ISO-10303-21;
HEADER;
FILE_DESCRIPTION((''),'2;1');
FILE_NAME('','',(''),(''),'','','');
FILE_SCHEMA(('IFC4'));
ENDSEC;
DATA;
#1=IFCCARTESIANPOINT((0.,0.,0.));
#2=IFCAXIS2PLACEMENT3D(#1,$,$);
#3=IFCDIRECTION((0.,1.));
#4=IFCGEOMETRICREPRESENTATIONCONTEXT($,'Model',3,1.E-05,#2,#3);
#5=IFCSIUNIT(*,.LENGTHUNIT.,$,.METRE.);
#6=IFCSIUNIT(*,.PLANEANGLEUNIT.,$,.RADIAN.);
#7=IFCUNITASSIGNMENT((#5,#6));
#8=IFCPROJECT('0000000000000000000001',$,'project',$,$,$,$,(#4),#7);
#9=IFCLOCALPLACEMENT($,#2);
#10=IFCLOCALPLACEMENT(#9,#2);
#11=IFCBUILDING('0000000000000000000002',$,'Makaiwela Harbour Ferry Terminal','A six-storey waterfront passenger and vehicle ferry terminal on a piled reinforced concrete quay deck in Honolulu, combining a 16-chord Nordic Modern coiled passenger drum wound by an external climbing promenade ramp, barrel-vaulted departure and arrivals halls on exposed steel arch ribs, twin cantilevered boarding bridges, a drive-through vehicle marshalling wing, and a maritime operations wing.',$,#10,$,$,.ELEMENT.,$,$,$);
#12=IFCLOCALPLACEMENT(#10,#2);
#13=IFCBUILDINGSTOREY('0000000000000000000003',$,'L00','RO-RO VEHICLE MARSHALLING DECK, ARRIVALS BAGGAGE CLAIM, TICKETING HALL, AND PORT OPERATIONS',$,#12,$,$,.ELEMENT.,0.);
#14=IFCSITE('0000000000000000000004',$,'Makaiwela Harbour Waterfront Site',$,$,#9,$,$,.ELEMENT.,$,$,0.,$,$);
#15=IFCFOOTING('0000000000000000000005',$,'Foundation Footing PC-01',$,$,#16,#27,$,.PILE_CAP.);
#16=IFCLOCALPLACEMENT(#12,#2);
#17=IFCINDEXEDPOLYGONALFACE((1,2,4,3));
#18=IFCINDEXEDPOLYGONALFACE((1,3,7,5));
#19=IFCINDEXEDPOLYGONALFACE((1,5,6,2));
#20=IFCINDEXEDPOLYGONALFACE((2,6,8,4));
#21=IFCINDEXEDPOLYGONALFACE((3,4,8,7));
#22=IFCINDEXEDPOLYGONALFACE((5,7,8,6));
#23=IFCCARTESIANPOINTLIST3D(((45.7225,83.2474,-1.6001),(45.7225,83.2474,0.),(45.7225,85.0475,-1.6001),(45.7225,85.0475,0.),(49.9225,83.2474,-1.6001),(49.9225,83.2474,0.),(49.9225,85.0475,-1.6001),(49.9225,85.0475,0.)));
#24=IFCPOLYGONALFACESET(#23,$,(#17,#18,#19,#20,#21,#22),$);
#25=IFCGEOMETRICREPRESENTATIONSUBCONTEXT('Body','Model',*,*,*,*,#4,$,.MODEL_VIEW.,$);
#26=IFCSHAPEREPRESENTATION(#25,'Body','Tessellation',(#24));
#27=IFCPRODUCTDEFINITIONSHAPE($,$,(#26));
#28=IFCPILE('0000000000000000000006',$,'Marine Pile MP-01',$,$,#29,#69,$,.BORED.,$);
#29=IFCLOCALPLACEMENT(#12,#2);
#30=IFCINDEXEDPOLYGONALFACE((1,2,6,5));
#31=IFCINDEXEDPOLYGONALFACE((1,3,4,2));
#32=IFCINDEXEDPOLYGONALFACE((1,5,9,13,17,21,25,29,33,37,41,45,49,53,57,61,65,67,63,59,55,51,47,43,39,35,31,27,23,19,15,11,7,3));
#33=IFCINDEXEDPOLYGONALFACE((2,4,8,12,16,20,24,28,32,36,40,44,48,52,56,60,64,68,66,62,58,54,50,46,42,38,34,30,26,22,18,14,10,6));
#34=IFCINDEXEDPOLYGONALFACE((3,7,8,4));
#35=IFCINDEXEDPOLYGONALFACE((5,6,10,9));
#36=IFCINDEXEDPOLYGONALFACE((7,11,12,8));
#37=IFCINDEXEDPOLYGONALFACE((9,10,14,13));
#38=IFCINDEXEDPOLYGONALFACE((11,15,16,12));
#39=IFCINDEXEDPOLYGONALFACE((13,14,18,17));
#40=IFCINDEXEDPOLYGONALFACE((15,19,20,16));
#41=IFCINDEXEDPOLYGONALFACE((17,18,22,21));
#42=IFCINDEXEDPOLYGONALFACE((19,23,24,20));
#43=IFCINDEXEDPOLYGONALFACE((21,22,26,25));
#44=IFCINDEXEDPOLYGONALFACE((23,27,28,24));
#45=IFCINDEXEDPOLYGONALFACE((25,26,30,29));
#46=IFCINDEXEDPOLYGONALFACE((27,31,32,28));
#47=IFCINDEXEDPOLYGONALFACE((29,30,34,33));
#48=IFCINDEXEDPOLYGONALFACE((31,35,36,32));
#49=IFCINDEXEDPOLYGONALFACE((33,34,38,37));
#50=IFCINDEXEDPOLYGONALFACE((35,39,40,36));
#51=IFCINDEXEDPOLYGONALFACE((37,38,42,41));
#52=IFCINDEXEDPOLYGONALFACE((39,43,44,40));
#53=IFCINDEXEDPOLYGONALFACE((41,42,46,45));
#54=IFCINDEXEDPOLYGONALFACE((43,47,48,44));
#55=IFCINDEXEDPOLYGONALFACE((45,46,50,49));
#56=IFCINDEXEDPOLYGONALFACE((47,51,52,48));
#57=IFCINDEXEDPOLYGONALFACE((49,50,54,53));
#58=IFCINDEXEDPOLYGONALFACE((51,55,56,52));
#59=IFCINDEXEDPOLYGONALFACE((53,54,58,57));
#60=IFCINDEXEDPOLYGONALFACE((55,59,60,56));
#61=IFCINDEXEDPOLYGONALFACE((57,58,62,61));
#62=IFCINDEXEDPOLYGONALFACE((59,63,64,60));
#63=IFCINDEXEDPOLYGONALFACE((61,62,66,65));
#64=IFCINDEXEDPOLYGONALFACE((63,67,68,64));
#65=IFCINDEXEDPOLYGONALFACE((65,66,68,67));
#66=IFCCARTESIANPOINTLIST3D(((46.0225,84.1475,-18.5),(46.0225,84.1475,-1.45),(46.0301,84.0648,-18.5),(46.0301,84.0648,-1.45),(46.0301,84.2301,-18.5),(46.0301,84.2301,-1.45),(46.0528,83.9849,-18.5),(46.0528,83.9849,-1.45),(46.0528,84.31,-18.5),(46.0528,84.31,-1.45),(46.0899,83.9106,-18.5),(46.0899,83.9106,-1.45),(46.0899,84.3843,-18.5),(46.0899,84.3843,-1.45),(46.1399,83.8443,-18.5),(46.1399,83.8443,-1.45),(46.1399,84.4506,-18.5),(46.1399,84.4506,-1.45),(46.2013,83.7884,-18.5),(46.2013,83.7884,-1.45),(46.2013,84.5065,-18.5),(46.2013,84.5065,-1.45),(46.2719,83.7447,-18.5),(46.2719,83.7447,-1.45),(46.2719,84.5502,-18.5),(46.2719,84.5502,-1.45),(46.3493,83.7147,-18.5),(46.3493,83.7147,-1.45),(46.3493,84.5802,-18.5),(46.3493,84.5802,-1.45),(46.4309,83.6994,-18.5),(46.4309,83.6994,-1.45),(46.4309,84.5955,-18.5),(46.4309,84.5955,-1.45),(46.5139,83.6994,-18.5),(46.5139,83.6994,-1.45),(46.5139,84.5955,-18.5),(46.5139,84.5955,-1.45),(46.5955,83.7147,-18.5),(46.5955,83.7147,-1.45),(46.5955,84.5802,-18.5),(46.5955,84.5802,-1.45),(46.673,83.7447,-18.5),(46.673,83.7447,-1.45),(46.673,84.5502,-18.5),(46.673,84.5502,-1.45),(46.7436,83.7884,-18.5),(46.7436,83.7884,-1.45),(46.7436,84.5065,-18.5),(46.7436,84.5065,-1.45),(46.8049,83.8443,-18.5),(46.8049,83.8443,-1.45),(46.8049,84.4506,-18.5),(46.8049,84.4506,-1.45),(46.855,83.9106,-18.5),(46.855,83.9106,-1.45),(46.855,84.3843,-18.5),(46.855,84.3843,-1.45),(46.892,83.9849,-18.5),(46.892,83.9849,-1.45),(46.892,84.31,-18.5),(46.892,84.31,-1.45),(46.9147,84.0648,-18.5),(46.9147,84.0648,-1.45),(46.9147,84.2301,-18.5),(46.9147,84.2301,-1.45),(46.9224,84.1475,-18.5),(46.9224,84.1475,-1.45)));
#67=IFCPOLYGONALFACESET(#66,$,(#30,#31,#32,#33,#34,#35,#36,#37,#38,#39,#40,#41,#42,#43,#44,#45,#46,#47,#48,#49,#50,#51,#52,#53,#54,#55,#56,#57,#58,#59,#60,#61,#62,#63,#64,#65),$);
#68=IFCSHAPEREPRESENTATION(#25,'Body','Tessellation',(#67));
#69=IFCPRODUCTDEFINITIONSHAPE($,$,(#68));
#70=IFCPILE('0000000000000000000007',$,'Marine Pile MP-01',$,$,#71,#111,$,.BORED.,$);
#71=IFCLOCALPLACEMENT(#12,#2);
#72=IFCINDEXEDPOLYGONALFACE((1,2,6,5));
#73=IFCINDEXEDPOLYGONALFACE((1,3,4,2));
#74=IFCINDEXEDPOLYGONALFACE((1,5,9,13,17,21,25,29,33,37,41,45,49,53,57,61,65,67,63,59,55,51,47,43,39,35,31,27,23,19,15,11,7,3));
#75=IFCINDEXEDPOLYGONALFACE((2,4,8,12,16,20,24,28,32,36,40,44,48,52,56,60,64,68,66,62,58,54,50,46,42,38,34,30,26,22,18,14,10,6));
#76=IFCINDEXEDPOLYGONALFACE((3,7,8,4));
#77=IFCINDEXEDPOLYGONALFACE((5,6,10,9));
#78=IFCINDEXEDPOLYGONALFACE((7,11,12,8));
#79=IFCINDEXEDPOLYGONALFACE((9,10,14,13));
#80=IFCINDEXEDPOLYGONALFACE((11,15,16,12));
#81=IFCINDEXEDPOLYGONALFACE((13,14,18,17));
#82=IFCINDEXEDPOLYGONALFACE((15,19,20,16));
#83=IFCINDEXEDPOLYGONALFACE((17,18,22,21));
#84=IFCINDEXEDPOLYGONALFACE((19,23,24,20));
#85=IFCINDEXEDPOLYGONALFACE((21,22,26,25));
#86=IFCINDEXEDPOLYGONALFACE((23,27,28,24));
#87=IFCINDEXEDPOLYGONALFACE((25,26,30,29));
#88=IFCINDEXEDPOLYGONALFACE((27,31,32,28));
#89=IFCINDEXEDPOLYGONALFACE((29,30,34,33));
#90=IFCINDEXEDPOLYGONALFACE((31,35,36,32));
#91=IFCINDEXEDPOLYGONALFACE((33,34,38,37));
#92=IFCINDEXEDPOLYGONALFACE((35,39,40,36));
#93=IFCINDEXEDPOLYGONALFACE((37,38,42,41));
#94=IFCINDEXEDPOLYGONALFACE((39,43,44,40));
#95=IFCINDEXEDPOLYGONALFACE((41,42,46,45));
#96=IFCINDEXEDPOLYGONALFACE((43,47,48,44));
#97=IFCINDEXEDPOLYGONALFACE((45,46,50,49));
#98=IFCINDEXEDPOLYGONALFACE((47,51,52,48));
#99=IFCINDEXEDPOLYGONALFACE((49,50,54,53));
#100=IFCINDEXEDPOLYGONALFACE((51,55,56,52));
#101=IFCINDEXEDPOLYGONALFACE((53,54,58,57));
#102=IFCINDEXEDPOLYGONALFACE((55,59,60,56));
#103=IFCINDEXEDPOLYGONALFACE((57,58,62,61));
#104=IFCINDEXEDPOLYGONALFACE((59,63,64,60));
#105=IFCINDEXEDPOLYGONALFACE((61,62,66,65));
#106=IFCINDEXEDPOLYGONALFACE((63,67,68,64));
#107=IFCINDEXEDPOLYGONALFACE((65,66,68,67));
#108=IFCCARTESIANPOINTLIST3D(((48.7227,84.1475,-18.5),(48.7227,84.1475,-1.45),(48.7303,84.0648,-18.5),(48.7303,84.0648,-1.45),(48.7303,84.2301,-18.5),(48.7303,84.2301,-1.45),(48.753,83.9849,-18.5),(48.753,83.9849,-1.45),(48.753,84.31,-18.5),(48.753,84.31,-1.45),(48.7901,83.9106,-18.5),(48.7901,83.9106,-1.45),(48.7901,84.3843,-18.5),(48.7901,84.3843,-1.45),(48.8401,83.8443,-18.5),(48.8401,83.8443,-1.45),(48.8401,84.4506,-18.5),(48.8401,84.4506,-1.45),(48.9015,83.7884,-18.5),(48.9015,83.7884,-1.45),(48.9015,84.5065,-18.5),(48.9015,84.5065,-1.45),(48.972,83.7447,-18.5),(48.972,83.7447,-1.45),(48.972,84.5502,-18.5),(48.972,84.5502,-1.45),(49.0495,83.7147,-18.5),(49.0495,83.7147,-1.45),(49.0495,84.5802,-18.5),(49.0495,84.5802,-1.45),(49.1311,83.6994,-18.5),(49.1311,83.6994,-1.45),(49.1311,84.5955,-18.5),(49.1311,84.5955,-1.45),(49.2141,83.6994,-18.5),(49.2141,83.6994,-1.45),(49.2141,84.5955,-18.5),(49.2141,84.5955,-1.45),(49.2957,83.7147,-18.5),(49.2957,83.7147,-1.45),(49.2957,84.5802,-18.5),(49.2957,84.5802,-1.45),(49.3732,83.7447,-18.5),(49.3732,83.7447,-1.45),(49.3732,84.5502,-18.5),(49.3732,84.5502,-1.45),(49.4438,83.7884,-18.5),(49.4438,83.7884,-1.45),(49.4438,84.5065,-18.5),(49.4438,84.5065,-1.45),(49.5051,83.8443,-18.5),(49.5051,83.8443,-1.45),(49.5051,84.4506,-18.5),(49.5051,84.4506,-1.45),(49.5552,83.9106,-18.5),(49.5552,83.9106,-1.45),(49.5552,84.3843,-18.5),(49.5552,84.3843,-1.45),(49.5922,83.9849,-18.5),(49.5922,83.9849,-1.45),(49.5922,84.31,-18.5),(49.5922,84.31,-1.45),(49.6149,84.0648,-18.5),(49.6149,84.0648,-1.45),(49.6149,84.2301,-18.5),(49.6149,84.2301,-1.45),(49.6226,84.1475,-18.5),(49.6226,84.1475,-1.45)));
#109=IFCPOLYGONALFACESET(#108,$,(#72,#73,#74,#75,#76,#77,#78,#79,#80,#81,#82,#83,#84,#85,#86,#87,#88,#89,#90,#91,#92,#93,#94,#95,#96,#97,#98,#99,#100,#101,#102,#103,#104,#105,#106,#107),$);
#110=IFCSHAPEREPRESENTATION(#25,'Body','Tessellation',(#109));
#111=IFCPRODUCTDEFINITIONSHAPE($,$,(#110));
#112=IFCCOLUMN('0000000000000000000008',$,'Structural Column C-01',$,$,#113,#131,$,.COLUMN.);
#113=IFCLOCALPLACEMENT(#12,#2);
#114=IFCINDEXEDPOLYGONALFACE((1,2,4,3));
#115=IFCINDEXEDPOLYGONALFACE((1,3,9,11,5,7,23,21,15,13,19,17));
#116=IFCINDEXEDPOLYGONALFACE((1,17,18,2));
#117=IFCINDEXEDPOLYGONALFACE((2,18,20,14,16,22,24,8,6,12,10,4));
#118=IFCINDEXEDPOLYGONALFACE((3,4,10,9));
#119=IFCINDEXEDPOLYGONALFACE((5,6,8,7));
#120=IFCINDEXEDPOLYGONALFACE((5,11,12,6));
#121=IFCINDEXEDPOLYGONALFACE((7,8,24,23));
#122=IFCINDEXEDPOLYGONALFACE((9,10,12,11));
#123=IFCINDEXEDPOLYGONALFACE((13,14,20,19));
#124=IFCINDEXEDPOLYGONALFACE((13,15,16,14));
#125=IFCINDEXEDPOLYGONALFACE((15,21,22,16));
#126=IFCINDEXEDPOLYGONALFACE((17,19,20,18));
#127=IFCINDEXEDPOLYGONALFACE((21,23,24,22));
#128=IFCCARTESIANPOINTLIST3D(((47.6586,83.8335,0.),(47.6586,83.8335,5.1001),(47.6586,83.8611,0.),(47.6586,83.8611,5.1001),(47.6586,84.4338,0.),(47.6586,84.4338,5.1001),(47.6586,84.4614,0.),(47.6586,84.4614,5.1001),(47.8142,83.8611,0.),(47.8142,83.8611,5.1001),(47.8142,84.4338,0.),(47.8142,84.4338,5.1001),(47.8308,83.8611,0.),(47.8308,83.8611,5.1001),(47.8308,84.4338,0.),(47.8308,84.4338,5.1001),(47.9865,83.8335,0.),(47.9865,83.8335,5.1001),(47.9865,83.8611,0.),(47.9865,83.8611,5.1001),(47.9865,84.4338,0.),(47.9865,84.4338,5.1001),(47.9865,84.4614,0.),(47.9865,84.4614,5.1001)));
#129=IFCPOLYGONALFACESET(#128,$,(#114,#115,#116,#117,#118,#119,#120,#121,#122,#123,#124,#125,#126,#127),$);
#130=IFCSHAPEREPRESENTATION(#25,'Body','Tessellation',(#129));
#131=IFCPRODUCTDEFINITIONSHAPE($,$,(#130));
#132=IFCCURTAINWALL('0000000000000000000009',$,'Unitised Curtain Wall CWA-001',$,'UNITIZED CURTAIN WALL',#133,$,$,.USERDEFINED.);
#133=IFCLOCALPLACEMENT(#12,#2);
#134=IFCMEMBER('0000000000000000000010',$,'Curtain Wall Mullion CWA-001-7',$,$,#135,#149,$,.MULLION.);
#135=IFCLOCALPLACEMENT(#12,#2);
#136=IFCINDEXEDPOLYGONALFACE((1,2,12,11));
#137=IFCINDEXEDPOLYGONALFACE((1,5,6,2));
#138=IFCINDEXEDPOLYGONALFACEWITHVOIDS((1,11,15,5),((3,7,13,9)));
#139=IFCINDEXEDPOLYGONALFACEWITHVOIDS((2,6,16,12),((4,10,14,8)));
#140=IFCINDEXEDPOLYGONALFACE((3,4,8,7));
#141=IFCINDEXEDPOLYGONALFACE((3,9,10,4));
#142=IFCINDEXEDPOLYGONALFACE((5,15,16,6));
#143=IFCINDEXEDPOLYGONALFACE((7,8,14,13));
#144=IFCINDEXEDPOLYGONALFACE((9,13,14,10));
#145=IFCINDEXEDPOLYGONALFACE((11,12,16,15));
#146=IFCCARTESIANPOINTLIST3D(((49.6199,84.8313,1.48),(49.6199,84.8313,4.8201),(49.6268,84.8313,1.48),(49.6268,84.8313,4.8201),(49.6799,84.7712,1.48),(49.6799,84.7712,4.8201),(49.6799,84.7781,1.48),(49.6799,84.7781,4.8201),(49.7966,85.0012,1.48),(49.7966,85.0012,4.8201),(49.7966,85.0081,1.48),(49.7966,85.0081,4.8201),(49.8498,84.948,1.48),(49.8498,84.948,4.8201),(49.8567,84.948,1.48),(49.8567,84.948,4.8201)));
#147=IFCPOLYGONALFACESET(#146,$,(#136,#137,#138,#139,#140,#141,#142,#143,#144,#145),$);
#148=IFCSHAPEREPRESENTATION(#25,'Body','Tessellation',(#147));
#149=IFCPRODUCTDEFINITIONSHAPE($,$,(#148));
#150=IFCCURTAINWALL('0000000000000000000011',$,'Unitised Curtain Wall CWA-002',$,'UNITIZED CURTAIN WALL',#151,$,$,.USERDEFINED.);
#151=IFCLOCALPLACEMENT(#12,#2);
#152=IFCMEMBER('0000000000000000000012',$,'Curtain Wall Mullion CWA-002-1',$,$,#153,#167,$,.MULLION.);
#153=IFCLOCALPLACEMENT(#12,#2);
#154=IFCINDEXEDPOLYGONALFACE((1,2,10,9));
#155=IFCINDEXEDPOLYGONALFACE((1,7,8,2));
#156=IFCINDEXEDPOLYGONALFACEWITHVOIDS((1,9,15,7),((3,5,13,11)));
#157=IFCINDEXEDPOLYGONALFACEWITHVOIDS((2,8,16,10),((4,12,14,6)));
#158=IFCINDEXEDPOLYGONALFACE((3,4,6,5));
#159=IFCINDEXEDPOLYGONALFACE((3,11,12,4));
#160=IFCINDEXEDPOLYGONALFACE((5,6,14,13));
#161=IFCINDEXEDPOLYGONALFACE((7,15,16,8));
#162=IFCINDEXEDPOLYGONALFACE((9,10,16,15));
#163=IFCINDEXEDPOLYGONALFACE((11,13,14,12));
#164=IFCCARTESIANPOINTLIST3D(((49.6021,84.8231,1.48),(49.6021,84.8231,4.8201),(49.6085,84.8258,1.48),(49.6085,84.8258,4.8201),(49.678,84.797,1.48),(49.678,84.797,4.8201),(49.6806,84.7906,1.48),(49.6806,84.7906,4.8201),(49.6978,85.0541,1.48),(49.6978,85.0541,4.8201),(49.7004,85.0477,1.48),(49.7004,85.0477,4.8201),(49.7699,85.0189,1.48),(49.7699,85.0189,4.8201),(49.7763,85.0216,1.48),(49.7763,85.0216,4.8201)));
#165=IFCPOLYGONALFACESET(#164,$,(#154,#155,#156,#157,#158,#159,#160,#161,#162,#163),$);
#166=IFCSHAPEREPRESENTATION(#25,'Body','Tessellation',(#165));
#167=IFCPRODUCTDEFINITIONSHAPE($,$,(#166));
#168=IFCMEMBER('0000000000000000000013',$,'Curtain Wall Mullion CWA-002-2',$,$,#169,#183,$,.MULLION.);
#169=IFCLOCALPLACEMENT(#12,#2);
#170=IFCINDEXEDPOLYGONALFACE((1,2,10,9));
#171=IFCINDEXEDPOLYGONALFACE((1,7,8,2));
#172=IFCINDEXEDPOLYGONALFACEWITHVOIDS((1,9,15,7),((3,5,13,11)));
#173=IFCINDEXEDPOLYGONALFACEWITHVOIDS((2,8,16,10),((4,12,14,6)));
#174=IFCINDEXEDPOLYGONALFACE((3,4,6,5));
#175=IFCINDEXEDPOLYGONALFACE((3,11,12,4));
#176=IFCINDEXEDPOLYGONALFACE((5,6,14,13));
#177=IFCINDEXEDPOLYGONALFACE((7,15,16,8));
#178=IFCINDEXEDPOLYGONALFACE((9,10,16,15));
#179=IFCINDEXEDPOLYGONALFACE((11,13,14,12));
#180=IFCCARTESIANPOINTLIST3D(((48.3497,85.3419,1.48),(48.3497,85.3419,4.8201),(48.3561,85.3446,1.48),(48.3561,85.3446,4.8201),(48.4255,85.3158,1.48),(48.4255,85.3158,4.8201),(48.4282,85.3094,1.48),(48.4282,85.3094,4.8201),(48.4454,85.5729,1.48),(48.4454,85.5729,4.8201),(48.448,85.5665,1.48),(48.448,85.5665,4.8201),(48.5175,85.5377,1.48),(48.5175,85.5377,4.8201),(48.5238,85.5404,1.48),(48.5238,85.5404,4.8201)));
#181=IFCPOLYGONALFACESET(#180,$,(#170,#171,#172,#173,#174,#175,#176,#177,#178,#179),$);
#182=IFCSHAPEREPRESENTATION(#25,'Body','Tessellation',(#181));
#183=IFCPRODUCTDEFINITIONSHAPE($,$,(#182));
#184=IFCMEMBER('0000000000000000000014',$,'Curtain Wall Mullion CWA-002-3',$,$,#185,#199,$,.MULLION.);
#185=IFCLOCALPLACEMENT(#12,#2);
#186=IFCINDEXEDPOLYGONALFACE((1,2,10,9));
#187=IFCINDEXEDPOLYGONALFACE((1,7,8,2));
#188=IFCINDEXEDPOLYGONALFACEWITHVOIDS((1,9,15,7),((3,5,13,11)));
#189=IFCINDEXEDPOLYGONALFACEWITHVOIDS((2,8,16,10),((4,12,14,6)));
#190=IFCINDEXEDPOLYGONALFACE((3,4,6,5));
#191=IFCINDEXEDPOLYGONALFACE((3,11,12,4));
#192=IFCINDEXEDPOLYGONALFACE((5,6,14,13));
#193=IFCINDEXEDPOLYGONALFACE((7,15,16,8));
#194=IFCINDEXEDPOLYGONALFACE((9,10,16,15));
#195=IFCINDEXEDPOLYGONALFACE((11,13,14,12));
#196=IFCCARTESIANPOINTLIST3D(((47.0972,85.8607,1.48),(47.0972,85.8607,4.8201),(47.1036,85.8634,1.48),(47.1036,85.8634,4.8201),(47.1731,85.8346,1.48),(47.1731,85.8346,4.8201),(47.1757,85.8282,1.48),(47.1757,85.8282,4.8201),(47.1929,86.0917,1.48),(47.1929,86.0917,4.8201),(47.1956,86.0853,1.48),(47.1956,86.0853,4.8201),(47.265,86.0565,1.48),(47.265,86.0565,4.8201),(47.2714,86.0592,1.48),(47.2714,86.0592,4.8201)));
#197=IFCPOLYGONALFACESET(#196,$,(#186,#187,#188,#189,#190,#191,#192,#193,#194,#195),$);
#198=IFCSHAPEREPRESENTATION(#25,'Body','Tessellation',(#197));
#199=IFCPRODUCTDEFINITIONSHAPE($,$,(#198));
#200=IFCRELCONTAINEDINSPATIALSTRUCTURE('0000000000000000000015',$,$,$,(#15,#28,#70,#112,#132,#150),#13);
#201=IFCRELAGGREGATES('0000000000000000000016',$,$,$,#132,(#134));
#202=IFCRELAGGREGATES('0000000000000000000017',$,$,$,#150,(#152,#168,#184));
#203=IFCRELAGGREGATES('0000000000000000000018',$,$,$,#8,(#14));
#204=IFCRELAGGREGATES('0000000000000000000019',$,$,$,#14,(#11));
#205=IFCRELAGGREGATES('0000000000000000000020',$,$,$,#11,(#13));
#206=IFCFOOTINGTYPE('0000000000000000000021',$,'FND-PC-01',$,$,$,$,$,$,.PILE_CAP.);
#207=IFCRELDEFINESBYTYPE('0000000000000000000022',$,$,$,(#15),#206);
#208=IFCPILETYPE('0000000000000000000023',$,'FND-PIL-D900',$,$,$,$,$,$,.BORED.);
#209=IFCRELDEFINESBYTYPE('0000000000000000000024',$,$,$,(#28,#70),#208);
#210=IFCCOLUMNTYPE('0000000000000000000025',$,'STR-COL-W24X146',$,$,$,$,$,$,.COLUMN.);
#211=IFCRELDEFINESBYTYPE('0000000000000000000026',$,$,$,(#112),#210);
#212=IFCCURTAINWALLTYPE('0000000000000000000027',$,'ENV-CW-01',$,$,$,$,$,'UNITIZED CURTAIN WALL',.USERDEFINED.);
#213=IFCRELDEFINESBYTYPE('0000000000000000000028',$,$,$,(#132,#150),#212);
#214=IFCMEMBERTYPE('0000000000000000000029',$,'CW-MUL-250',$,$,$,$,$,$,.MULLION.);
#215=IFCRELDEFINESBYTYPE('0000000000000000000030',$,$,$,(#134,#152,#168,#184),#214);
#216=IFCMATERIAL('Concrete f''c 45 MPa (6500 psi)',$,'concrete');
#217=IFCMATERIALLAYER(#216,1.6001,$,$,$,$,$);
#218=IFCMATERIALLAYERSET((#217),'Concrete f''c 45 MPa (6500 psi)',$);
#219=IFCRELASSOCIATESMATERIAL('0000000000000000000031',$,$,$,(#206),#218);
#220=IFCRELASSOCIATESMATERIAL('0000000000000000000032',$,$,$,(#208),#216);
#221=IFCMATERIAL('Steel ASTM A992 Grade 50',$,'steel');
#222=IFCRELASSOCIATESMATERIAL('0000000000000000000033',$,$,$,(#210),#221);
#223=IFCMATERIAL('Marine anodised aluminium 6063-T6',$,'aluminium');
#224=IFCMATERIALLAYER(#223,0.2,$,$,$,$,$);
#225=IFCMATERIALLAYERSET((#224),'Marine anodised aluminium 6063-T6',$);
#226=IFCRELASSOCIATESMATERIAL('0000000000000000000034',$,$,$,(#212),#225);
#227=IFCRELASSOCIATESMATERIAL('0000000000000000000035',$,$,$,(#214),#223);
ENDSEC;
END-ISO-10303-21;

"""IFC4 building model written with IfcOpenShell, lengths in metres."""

from ifc_helpers import new_model, si_unit, direction, frame, origin, origin_2d, place, context, subcontext, project, spatial, rectangle, hollow_rectangle, circle, i_section, extrude, material, layer, layer_set, material_profile, profile_set, type_object, element, aggregate, save


model = new_model("IFC4")

# Units and contexts
model_context = context("Model", 3, precision=1e-05, world=origin(), true_north=direction((0.0, 1.0)))
body_context = subcontext(model_context, "Body", "Model", "MODEL_VIEW")
ifc_project = project(units=[si_unit("LENGTHUNIT", "METRE"), si_unit("PLANEANGLEUNIT", "RADIAN")], contexts=[model_context])

# Site, building, storey
site_placement = place(None, origin())
site = spatial("IfcSite", under=ifc_project, at=site_placement, Name="Makaiwela Harbour Waterfront Site", CompositionType="ELEMENT", RefElevation=0.0)
building_placement = place(site_placement, origin())
building = spatial("IfcBuilding", under=site, at=building_placement, Name="Makaiwela Harbour Ferry Terminal", Description="A six-storey waterfront passenger and vehicle ferry terminal on a piled reinforced concrete quay deck in Honolulu, combining a 16-chord Nordic Modern coiled passenger drum wound by an external climbing promenade ramp, barrel-vaulted departure and arrivals halls on exposed steel arch ribs, twin cantilevered boarding bridges, a drive-through vehicle marshalling wing, and a maritime operations wing.", CompositionType="ELEMENT")
storey_placement = place(building_placement, origin())
storey = spatial("IfcBuildingStorey", under=building, at=storey_placement, Name="L00", Description="RO-RO VEHICLE MARSHALLING DECK, ARRIVALS BAGGAGE CLAIM, TICKETING HALL, AND PORT OPERATIONS", CompositionType="ELEMENT", Elevation=0.0)

# Footing
ifc_material_1 = material(Name="Concrete f'c 45 MPa (6500 psi)", Category="concrete")
ifc_layer_1 = layer(ifc_material_1, 1.6001)
ifc_layer_set_1 = layer_set([ifc_layer_1], Name="Concrete f'c 45 MPa (6500 psi)")
footing_type = type_object("IfcFootingType", Name="FND-PC-01", PredefinedType="PILE_CAP", material=ifc_layer_set_1)
footing_placement = place(storey_placement, frame((47.8225, 84.1475, -1.6001), z_axis=(0.0, 0.0, 1.0), x_axis=(1.0, 0.0, 0.0)))
element("IfcFooting", 1, at=footing_placement, inside=storey, type_object=footing_type, Name="Foundation Footing PC-01", PredefinedType="PILE_CAP", context=body_context, shape_type="SweptSolid", body=[
    extrude(rectangle(XDim=4.2, YDim=1.8, at=origin_2d()), origin(), (0.0, 0.0, 1.0), 1.6001),
])

# Piles
ifc_material_profile_1 = material_profile(ifc_material_1, circle(Radius=0.45, at=origin_2d()), Name="PILE-D900")
ifc_profile_set_1 = profile_set([ifc_material_profile_1], Name="Concrete f'c 45 MPa (6500 psi)")
pile_type = type_object("IfcPileType", Name="FND-PIL-D900", PredefinedType="BORED", material=ifc_profile_set_1)
for number, where, z_axis, x_axis, name in (
    (2, (46.4724, 84.1475, -1.45), (0.0, 0.0, -1.0), (1.0, 0.0, 0.0), "Marine Pile MP-01"),
    (3, (49.1726, 84.1475, -1.45), (0.0, 0.0, -1.0), (1.0, 0.0, 0.0), "Marine Pile MP-01"),
):
    element("IfcPile", number, at=place(storey_placement, frame(where, z_axis=z_axis, x_axis=x_axis)), inside=storey, type_object=pile_type, Name=name, PredefinedType="BORED", context=body_context, shape_type="SweptSolid", body=[
        extrude(circle(Radius=0.45, at=origin_2d()), origin(), (0.0, 0.0, 1.0), 17.05),
    ])

# Column
ifc_material_2 = material(Name="Steel ASTM A992 Grade 50", Category="steel")
ifc_material_profile_2 = material_profile(ifc_material_2, i_section(OverallWidth=0.3279, OverallDepth=0.6279, WebThickness=0.0166, FlangeThickness=0.0276, at=origin_2d()), Name="W24X146")
ifc_profile_set_2 = profile_set([ifc_material_profile_2], Name="Steel ASTM A992 Grade 50")
column_type = type_object("IfcColumnType", Name="STR-COL-W24X146", PredefinedType="COLUMN", material=ifc_profile_set_2)
column_placement = place(storey_placement, frame((47.8225, 84.1475, 0.0), z_axis=(0.0, 0.0, 1.0), x_axis=(1.0, 0.0, 0.0)))
element("IfcColumn", 4, at=column_placement, inside=storey, type_object=column_type, Name="Structural Column C-01", PredefinedType="COLUMN", context=body_context, shape_type="SweptSolid", body=[
    extrude(i_section(OverallWidth=0.3279, OverallDepth=0.6279, WebThickness=0.0166, FlangeThickness=0.0276, at=origin_2d()), origin(), (0.0, 0.0, 1.0), 5.1001),
])

# Curtain wall, member
ifc_material_3 = material(Name="Marine anodised aluminium 6063-T6", Category="aluminium")
ifc_layer_2 = layer(ifc_material_3, 0.2)
ifc_layer_set_2 = layer_set([ifc_layer_2], Name="Marine anodised aluminium 6063-T6")
curtain_wall_type = type_object("IfcCurtainWallType", Name="ENV-CW-01", ElementType="UNITIZED CURTAIN WALL", PredefinedType="USERDEFINED", material=ifc_layer_set_2)
curtain_wall_1_placement = place(storey_placement, origin())
curtain_wall_1 = element("IfcCurtainWall", 5, at=curtain_wall_1_placement, inside=storey, type_object=curtain_wall_type, Name="Unitised Curtain Wall CWA-001", ObjectType="UNITIZED CURTAIN WALL", PredefinedType="USERDEFINED")
ifc_material_profile_3 = material_profile(ifc_material_3, hollow_rectangle(XDim=0.085, YDim=0.25, WallThickness=0.0049, at=origin_2d()), Name="CWM-250X85")
ifc_profile_set_3 = profile_set([ifc_material_profile_3], Name="Marine anodised aluminium 6063-T6")
member_type_1 = type_object("IfcMemberType", Name="CW-MUL-250", PredefinedType="MULLION", material=ifc_profile_set_3)
member_1_placement = place(storey_placement, frame((49.7383, 84.8896, 1.48), z_axis=(0.0, 0.0, 1.0), x_axis=(-0.707107, 0.707107, 0.0)))
member_1 = element("IfcMember", 6, at=member_1_placement, type_object=member_type_1, Name="Curtain Wall Mullion CWA-001-7", PredefinedType="MULLION", context=body_context, shape_type="SweptSolid", body=[
    extrude(hollow_rectangle(XDim=0.085, YDim=0.25, WallThickness=0.0049, at=origin_2d()), origin(), (0.0, 0.0, 1.0), 3.3401),
])
aggregate(curtain_wall_1, [member_1])

# Curtain wall, members
curtain_wall_2_placement = place(storey_placement, origin())
curtain_wall_2 = element("IfcCurtainWall", 7, at=curtain_wall_2_placement, inside=storey, type_object=curtain_wall_type, Name="Unitised Curtain Wall CWA-002", ObjectType="UNITIZED CURTAIN WALL", PredefinedType="USERDEFINED")
member_2_placement = place(storey_placement, frame((49.6892, 84.9224, 1.48), z_axis=(0.0, 0.0, 1.0), x_axis=(-0.92388, 0.382683, 0.0)))
member_2 = element("IfcMember", 8, at=member_2_placement, type_object=member_type_1, Name="Curtain Wall Mullion CWA-002-1", PredefinedType="MULLION", context=body_context, shape_type="SweptSolid", body=[
    extrude(hollow_rectangle(XDim=0.085, YDim=0.25, WallThickness=0.0049, at=origin_2d()), origin(), (0.0, 0.0, 1.0), 3.3401),
])
member_3_placement = place(storey_placement, frame((48.4368, 85.4412, 1.48), z_axis=(0.0, 0.0, 1.0), x_axis=(-0.92388, 0.382683, 0.0)))
member_3 = element("IfcMember", 9, at=member_3_placement, type_object=member_type_1, Name="Curtain Wall Mullion CWA-002-2", PredefinedType="MULLION", context=body_context, shape_type="SweptSolid", body=[
    extrude(hollow_rectangle(XDim=0.085, YDim=0.25, WallThickness=0.0049, at=origin_2d()), origin(), (0.0, 0.0, 1.0), 3.3401),
])
member_4_placement = place(storey_placement, frame((47.1843, 85.96, 1.48), z_axis=(0.0, 0.0, 1.0), x_axis=(-0.92388, 0.382683, 0.0)))
member_4 = element("IfcMember", 10, at=member_4_placement, type_object=member_type_1, Name="Curtain Wall Mullion CWA-002-3", PredefinedType="MULLION", context=body_context, shape_type="SweptSolid", body=[
    extrude(hollow_rectangle(XDim=0.085, YDim=0.25, WallThickness=0.0049, at=origin_2d()), origin(), (0.0, 0.0, 1.0), 3.3401),
])

aggregate(curtain_wall_2, [member_2, member_3, member_4])

save(model, "model.ifc")
